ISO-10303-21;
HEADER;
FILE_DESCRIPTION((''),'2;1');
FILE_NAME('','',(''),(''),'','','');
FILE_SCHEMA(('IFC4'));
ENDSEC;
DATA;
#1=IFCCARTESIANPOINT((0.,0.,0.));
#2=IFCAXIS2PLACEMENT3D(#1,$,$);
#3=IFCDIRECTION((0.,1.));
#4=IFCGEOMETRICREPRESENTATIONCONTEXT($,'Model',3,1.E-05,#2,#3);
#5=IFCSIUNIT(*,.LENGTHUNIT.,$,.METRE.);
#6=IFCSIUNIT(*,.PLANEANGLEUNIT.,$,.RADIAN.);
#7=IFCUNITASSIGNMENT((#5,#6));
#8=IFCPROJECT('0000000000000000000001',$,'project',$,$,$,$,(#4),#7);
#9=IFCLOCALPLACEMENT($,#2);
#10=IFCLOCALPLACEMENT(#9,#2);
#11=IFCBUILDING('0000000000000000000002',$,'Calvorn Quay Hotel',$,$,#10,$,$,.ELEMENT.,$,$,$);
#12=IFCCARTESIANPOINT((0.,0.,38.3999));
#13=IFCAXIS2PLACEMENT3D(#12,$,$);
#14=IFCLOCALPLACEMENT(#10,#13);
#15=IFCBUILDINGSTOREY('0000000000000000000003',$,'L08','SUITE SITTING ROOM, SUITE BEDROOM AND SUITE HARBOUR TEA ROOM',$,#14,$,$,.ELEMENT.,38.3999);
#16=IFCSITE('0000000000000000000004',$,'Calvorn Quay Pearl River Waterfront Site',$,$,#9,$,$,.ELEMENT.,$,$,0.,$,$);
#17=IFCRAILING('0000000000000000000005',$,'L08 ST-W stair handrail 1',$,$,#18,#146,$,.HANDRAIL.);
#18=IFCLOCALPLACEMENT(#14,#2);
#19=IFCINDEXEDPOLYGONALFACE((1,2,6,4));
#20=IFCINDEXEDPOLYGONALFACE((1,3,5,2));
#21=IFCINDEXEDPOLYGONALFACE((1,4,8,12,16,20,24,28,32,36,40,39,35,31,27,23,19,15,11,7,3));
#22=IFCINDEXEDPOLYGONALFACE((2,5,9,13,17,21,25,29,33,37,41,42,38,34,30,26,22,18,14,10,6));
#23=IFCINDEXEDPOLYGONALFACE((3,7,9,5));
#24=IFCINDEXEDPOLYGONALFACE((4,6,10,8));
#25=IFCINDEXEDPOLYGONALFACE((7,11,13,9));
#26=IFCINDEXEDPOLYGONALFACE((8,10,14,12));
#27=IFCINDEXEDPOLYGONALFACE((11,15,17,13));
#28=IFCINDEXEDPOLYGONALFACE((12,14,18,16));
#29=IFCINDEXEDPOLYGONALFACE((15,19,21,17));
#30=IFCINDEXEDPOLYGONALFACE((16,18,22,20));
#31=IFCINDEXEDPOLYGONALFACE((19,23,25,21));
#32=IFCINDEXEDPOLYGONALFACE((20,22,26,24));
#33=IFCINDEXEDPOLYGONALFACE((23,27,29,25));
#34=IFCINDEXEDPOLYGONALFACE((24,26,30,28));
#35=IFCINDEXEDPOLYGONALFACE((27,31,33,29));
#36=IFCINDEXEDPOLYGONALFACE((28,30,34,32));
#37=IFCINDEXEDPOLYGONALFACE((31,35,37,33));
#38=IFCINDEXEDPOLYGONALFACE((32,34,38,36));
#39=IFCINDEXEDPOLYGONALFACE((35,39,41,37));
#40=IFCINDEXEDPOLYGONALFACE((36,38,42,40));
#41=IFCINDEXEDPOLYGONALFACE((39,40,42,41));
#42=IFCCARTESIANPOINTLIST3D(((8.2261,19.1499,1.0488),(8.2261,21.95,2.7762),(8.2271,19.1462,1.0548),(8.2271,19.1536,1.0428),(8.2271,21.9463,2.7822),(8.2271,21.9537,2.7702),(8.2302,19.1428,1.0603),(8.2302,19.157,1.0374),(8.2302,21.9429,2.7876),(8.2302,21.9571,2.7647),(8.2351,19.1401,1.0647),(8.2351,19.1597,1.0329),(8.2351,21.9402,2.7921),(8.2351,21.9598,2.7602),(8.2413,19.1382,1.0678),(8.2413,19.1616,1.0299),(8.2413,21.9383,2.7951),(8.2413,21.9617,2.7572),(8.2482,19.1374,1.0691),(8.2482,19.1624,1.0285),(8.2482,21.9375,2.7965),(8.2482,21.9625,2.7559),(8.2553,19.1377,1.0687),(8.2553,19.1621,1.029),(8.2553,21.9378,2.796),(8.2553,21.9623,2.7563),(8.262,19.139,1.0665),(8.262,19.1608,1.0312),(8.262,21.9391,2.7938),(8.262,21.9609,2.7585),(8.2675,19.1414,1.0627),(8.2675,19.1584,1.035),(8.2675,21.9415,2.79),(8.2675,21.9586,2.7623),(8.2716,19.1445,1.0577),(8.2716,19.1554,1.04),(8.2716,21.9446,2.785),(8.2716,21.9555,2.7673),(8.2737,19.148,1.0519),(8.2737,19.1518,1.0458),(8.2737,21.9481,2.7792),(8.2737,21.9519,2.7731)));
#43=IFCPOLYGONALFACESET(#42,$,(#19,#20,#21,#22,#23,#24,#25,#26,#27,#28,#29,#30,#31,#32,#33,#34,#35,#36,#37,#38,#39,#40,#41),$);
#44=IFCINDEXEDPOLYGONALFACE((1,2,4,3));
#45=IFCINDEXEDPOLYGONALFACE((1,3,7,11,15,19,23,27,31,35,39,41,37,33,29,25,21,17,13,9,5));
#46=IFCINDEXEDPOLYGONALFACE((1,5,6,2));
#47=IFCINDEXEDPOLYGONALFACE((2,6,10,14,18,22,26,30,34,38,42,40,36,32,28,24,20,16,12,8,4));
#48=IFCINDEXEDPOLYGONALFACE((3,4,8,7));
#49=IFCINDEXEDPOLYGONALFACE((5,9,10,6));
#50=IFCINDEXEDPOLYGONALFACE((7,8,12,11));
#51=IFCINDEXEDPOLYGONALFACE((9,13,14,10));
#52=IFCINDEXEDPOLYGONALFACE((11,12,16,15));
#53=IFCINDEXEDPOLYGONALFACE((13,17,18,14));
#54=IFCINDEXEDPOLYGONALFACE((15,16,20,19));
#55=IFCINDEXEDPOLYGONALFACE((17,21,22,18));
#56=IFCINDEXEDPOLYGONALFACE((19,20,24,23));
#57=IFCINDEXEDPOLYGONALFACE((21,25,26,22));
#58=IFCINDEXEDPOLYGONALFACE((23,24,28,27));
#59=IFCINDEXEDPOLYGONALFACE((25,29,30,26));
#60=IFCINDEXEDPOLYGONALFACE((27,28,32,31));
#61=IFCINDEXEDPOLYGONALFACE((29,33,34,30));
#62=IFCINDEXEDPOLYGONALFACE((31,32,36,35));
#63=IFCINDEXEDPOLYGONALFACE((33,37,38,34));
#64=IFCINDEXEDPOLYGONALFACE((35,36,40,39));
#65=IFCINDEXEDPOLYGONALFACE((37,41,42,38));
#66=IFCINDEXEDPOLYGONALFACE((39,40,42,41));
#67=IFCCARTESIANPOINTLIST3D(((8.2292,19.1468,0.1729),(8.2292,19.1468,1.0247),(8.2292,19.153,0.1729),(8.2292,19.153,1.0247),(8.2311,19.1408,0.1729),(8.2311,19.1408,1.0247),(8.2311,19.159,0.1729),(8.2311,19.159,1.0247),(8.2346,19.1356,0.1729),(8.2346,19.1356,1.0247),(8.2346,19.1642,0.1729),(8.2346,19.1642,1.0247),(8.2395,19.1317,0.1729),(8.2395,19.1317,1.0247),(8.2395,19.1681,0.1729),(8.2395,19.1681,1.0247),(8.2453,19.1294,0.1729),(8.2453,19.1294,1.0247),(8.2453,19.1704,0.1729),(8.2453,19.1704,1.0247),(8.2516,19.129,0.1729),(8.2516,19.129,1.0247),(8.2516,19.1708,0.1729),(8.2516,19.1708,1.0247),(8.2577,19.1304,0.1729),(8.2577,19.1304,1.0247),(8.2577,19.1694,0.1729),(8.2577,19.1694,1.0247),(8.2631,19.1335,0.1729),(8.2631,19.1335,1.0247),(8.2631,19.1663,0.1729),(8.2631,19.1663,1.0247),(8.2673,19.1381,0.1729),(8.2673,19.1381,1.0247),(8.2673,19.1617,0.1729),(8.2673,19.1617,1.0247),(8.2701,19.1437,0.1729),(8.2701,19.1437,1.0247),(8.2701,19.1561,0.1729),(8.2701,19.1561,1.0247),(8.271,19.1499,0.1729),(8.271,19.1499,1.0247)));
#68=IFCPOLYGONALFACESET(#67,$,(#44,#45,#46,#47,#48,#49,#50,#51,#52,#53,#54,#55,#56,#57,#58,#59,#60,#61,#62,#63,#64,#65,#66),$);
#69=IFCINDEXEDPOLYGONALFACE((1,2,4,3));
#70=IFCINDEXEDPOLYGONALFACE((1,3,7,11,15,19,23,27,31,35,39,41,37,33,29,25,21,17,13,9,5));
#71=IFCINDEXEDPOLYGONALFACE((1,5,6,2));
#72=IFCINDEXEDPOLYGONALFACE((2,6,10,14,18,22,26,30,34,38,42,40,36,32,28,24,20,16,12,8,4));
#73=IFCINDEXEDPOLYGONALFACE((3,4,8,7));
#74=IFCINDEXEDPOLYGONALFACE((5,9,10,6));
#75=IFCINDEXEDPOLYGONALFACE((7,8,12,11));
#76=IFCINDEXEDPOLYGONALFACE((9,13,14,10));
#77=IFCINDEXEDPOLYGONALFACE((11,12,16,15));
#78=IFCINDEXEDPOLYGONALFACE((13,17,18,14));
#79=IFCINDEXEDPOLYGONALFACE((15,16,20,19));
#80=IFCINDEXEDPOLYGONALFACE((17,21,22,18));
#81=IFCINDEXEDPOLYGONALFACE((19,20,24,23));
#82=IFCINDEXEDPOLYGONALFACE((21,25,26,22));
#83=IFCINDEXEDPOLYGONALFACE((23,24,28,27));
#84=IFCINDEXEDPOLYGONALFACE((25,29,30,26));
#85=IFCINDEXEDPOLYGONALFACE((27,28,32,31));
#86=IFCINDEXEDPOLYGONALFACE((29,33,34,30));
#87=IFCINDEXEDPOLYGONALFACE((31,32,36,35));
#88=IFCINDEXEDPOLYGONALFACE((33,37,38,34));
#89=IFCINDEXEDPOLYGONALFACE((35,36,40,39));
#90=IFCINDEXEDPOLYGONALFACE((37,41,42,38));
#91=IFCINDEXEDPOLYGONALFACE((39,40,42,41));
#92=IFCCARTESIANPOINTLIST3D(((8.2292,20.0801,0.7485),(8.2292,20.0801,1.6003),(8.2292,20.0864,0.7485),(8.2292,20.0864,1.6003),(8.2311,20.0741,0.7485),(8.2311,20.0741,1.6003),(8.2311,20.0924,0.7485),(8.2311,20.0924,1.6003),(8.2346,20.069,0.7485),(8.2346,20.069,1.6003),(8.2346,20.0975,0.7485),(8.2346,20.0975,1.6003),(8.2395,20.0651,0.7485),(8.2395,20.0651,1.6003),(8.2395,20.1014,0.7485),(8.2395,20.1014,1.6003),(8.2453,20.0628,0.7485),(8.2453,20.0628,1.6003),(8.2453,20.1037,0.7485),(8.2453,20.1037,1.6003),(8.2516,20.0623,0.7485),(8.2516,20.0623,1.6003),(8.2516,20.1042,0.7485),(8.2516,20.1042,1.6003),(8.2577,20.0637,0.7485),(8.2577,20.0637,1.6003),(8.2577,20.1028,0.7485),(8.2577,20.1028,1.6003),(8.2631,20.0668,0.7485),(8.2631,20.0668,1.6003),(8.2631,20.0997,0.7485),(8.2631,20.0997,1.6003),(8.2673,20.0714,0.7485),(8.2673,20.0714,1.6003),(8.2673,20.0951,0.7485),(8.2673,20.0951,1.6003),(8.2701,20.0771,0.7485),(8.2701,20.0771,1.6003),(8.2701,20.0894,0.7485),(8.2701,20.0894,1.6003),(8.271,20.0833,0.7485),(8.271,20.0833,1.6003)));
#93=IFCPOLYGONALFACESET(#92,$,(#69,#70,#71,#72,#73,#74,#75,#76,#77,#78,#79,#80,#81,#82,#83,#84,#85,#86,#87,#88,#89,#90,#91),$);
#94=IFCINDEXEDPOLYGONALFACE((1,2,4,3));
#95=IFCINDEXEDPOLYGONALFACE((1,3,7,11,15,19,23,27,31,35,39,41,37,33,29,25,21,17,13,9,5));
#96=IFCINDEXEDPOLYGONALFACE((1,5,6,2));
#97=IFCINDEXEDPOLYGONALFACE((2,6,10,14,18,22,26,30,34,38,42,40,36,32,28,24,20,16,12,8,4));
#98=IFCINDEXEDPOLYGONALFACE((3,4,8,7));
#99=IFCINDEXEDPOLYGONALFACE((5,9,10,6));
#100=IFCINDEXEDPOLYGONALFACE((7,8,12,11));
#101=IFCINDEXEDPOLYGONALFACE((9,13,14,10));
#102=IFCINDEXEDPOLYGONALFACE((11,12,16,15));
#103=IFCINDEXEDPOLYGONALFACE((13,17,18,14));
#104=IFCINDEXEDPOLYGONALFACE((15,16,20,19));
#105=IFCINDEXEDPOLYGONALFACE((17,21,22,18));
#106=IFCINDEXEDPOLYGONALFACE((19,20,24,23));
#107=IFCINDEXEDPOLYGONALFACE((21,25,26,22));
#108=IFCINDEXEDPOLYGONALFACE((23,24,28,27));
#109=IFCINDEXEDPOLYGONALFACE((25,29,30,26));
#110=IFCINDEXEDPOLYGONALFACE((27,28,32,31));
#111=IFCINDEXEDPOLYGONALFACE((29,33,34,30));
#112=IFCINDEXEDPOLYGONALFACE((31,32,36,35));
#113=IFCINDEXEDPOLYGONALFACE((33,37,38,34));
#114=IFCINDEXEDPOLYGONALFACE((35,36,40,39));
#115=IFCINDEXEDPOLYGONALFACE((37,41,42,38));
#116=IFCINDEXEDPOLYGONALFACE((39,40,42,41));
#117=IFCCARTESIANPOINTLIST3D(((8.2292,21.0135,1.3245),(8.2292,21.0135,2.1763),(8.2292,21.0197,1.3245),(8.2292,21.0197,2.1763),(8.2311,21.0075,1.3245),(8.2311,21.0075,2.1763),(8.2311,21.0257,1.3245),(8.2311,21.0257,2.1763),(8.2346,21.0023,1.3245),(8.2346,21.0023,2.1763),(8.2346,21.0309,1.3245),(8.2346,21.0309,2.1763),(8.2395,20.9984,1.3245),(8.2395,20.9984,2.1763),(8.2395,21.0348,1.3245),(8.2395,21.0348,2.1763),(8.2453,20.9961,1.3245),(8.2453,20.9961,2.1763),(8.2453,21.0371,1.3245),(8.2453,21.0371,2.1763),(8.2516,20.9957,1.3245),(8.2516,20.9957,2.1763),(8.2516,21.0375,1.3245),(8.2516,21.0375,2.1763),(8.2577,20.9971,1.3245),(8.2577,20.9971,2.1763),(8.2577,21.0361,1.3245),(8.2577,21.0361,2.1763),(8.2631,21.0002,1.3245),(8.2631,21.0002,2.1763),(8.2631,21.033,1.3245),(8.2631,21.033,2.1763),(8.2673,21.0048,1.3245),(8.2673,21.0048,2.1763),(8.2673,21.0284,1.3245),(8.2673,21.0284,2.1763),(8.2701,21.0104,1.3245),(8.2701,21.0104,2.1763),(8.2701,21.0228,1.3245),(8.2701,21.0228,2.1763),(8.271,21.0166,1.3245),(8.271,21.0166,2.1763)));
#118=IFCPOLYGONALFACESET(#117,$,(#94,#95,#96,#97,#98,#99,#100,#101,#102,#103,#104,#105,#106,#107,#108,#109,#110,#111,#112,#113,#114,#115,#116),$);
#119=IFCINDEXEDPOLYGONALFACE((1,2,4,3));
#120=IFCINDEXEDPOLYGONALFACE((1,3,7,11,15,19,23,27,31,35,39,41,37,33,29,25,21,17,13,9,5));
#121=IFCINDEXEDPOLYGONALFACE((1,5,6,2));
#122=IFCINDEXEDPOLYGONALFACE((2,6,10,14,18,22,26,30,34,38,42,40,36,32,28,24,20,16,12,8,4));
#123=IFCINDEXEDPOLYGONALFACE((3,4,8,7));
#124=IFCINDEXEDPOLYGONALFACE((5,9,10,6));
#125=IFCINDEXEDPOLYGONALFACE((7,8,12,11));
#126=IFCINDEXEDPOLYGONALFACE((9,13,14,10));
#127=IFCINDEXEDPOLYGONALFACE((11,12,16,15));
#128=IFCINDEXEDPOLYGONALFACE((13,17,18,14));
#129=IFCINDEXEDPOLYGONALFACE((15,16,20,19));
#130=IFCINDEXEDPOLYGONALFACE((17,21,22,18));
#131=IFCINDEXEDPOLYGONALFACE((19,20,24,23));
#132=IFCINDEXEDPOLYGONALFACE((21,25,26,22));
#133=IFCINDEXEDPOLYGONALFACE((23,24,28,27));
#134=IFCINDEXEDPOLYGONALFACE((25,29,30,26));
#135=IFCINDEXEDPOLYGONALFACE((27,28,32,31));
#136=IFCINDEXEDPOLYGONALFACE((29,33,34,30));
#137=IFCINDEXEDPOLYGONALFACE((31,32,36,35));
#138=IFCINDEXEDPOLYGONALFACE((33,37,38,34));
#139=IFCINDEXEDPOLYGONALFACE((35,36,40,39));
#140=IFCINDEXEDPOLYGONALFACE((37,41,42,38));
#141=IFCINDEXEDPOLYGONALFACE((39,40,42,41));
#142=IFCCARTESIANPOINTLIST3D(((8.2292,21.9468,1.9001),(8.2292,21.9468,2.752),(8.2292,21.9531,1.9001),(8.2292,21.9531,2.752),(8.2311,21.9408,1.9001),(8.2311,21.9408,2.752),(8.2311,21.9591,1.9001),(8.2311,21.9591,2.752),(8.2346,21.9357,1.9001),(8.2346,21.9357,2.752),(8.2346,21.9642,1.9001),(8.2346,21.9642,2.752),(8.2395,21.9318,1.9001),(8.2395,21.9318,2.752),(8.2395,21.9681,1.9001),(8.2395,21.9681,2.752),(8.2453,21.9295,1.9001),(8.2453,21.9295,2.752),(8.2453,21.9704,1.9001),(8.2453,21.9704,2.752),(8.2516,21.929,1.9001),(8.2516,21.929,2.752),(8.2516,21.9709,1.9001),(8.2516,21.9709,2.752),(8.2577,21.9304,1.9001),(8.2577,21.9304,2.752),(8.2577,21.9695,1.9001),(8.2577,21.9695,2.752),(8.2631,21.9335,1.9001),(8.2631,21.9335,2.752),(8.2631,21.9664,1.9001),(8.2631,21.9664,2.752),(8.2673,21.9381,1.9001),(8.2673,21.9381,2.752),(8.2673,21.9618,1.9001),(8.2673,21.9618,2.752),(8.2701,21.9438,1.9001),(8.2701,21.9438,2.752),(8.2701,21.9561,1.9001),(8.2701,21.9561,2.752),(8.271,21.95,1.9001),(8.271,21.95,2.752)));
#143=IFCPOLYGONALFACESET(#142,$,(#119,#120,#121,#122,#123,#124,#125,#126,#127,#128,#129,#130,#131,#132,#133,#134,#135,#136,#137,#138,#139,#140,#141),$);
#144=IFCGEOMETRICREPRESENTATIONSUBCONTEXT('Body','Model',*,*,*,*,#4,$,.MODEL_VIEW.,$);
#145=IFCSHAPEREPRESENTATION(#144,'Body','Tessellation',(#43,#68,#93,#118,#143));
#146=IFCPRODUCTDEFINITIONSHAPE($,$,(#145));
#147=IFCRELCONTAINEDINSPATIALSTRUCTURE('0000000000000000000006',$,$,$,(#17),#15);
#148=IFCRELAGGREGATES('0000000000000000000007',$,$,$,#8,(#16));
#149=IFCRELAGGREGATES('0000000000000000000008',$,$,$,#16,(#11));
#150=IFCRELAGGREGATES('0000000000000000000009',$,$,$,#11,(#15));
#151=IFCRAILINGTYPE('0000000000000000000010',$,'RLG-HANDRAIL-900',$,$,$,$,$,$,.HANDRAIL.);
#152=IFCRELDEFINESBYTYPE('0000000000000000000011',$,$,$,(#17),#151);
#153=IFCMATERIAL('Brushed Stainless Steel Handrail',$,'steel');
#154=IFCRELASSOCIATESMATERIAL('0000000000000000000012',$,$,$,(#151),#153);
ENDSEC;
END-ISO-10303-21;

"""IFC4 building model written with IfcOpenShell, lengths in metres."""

from ifc_helpers import new_model, si_unit, direction, frame, origin, origin_2d, place, context, subcontext, project, spatial, circle, extrude, material, type_object, element, save


model = new_model("IFC4")

# Units and contexts
model_context = context("Model", 3, precision=1e-05, world=origin(), true_north=direction((0.0, 1.0)))
body_context = subcontext(model_context, "Body", "Model", "MODEL_VIEW")
ifc_project = project(units=[si_unit("LENGTHUNIT", "METRE"), si_unit("PLANEANGLEUNIT", "RADIAN")], contexts=[model_context])

# Site, building, storey
site_placement = place(None, origin())
site = spatial("IfcSite", under=ifc_project, at=site_placement, Name="Calvorn Quay Pearl River Waterfront Site", CompositionType="ELEMENT", RefElevation=0.0)
building_placement = place(site_placement, origin())
building = spatial("IfcBuilding", under=site, at=building_placement, Name="Calvorn Quay Hotel", CompositionType="ELEMENT")
storey_placement = place(building_placement, frame((0.0, 0.0, 38.3999)))
storey = spatial("IfcBuildingStorey", under=building, at=storey_placement, Name="L08", Description="SUITE SITTING ROOM, SUITE BEDROOM AND SUITE HARBOUR TEA ROOM", CompositionType="ELEMENT", Elevation=38.3999)

# Railing
ifc_material_1 = material(Name="Brushed Stainless Steel Handrail", Category="steel")
railing_type_1 = type_object("IfcRailingType", Name="RLG-HANDRAIL-900", PredefinedType="HANDRAIL", material=ifc_material_1)
railing_1_placement = place(storey_placement, frame((8.25, 19.1499, 0.1729)))
element("IfcRailing", 1, at=railing_1_placement, inside=storey, type_object=railing_type_1, Name="L08 ST-W stair handrail 1", PredefinedType="HANDRAIL", context=body_context, shape_type="SweptSolid", body=[
    extrude(circle(Radius=0.0239, at=origin_2d()), frame((0.0, 0.0, 0.876), z_axis=(0.0, 0.85109, 0.52502), x_axis=(-1.0, 0.0, 0.0)), (0.0, 0.0, 1.0), 3.29),
    extrude(circle(Radius=0.021, at=origin_2d()), origin(), (0.0, 0.0, 1.0), 0.8518),
    extrude(circle(Radius=0.021, at=origin_2d()), frame((0.0, 0.9333, 0.5757)), (0.0, 0.0, 1.0), 0.8518),
    extrude(circle(Radius=0.021, at=origin_2d()), frame((0.0, 1.8667, 1.1516)), (0.0, 0.0, 1.0), 0.8518),
    extrude(circle(Radius=0.021, at=origin_2d()), frame((0.0, 2.8, 1.7273)), (0.0, 0.0, 1.0), 0.8518),
])

save(model, "model.ifc")
